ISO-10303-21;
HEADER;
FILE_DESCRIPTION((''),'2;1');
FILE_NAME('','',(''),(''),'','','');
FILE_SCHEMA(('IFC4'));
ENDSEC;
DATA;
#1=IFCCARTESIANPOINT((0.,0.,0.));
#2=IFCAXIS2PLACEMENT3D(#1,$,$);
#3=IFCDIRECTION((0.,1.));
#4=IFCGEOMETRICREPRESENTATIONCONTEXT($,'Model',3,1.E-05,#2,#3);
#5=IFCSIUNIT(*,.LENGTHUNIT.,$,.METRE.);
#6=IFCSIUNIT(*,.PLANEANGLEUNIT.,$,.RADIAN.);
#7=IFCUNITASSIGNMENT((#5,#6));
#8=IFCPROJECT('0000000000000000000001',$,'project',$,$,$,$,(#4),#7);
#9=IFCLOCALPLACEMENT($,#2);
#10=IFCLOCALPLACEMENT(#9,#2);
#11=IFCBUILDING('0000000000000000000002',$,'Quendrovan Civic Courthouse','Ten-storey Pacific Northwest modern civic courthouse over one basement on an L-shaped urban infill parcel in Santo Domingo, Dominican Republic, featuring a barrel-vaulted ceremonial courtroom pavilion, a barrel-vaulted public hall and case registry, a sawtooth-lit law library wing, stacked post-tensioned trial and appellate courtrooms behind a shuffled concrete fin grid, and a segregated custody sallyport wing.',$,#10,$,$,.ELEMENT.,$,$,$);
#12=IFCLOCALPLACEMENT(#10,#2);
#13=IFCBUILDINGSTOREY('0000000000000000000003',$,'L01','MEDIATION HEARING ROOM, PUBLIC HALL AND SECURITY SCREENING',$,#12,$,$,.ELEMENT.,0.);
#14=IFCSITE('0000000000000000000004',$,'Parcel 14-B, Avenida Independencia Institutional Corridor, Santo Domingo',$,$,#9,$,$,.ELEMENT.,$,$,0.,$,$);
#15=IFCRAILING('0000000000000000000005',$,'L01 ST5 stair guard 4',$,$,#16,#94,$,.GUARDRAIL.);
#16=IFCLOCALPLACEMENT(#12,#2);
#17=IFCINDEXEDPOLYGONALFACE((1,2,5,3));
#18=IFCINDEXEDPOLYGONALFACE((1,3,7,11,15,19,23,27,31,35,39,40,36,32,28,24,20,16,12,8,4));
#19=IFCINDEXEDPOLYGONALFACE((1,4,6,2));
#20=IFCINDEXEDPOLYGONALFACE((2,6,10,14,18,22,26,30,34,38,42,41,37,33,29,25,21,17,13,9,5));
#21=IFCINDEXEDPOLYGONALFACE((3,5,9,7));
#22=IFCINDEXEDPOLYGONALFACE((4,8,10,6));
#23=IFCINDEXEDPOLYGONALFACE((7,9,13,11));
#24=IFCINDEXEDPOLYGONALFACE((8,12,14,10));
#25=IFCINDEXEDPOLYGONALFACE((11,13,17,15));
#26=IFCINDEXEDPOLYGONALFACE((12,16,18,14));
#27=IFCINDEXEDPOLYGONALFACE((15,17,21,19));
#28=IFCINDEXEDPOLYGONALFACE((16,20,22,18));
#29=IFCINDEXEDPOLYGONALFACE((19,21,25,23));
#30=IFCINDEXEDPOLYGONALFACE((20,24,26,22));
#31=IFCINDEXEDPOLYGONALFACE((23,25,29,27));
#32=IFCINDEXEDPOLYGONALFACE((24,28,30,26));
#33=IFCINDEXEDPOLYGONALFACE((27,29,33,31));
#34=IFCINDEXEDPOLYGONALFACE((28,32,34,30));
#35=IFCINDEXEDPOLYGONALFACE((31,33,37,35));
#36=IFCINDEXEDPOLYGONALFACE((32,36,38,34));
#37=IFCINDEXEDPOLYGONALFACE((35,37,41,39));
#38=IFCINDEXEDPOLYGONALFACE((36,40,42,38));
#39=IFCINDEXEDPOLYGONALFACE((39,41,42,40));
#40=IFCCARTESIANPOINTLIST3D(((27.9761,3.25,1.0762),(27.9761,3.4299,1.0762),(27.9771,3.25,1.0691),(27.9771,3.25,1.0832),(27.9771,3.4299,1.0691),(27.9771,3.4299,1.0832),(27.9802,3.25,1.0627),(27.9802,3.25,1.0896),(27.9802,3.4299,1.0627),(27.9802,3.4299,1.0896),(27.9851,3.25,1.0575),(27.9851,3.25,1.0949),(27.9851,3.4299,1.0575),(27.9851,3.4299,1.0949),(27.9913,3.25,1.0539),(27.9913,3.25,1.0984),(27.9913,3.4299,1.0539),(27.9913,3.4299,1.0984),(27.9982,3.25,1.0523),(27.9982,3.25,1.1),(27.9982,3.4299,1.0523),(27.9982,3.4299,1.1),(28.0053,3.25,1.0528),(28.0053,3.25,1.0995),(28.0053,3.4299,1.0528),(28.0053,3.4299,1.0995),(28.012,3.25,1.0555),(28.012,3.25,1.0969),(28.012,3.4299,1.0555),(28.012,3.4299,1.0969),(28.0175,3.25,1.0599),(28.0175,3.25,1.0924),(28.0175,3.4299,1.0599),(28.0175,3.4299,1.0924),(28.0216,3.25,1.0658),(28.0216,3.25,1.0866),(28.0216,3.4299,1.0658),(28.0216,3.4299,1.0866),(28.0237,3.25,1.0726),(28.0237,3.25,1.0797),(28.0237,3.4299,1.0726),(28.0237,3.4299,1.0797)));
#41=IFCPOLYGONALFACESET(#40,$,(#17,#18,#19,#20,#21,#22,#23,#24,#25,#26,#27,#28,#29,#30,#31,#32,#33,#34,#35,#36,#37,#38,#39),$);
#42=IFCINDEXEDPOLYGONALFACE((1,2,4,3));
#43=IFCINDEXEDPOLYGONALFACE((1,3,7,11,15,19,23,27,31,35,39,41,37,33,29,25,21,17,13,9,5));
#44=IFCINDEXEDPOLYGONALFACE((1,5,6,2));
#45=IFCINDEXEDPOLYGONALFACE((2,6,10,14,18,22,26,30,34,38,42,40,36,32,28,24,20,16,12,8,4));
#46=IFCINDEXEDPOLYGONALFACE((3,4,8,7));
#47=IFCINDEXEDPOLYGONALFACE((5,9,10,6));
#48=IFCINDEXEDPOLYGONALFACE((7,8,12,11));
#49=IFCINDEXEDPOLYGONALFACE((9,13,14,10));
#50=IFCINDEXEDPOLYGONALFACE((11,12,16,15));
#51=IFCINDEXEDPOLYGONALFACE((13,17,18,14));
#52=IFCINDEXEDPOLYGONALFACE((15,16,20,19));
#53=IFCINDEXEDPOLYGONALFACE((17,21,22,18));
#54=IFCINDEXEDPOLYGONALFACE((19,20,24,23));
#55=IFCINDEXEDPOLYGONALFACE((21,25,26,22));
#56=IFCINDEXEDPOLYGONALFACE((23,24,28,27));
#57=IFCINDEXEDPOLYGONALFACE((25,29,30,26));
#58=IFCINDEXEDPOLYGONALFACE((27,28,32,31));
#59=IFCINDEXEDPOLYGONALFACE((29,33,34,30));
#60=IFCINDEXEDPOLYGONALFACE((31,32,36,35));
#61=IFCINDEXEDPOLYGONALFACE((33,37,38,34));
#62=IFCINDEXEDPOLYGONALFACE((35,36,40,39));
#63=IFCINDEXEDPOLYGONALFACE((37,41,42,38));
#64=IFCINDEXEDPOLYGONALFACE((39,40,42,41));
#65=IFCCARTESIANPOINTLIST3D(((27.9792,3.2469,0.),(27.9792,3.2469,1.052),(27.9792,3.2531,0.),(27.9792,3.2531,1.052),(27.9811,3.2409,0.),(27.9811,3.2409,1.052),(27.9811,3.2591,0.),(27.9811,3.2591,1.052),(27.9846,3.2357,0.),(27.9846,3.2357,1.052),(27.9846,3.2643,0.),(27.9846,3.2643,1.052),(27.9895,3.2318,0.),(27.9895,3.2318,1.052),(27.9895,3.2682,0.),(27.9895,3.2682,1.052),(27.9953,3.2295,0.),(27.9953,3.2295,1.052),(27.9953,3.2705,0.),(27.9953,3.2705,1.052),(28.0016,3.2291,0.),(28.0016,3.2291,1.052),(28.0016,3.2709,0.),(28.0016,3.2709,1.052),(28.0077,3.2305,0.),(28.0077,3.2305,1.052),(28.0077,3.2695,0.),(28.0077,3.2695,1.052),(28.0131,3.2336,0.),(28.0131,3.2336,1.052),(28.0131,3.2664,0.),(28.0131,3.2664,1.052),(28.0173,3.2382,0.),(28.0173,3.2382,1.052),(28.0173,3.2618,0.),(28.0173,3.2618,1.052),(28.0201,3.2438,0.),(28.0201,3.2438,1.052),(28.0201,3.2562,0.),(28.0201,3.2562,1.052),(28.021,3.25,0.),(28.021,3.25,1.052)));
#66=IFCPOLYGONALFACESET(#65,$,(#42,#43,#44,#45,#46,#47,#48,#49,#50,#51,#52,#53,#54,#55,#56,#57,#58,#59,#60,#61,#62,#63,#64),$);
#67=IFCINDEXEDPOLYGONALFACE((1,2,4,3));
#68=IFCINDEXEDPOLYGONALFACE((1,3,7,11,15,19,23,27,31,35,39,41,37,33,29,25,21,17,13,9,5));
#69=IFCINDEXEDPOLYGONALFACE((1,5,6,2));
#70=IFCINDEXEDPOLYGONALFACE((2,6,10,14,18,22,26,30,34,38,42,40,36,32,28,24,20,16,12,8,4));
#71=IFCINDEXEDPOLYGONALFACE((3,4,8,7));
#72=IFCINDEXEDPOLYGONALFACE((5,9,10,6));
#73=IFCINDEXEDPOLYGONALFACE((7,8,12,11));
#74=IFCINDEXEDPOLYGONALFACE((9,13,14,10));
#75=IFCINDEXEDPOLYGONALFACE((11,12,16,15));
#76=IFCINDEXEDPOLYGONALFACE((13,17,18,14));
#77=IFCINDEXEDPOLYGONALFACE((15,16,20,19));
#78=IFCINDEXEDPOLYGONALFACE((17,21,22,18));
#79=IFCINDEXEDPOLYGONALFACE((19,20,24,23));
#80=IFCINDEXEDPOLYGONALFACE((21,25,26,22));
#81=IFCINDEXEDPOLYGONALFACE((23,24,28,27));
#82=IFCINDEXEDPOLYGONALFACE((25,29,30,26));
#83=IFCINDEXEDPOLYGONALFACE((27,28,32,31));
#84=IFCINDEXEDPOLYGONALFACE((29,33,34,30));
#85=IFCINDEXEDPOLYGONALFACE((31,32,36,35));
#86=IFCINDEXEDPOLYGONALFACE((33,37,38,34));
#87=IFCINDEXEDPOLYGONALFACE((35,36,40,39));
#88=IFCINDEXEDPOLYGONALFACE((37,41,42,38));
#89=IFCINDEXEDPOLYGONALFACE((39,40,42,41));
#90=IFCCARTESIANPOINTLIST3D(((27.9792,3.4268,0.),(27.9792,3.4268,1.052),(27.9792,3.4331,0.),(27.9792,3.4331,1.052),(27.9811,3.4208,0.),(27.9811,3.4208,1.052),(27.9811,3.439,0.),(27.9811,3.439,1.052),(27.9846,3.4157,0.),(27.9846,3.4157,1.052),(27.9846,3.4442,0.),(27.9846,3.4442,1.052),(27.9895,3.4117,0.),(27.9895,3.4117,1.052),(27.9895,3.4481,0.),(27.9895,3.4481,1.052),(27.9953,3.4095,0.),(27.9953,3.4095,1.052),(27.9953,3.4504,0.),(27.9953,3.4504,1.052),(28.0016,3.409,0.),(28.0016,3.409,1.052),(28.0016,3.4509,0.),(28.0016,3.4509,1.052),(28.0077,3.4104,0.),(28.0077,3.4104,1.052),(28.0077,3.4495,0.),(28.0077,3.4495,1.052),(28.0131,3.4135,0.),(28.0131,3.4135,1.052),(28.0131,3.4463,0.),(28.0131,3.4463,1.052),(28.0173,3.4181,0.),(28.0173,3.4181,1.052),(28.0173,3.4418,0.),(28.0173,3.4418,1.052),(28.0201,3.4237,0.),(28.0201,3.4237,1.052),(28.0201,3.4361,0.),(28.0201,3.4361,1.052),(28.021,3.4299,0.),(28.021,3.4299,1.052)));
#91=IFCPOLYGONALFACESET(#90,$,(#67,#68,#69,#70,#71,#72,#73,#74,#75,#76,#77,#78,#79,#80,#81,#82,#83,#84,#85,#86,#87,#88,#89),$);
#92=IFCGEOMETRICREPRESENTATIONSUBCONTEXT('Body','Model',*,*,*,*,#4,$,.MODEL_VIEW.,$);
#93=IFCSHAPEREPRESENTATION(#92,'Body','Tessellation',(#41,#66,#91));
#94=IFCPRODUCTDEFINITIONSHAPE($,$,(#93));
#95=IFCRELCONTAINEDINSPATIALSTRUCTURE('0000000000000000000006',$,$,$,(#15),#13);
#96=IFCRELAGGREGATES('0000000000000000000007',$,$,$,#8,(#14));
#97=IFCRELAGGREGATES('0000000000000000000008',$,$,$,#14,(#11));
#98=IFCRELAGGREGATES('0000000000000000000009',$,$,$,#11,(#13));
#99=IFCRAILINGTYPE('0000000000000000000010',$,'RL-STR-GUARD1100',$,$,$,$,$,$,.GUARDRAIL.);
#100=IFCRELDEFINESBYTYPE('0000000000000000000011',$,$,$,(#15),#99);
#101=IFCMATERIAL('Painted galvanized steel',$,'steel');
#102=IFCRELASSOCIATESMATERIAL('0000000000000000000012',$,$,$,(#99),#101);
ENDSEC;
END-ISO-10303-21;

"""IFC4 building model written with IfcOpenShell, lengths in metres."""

from ifc_helpers import new_model, si_unit, direction, frame, origin, origin_2d, place, context, subcontext, project, spatial, circle, extrude, material, type_object, element, save


model = new_model("IFC4")

# Units and contexts
model_context = context("Model", 3, precision=1e-05, world=origin(), true_north=direction((0.0, 1.0)))
body_context = subcontext(model_context, "Body", "Model", "MODEL_VIEW")
ifc_project = project(units=[si_unit("LENGTHUNIT", "METRE"), si_unit("PLANEANGLEUNIT", "RADIAN")], contexts=[model_context])

# Site, building, storey
site_placement = place(None, origin())
site = spatial("IfcSite", under=ifc_project, at=site_placement, Name="Parcel 14-B, Avenida Independencia Institutional Corridor, Santo Domingo", CompositionType="ELEMENT", RefElevation=0.0)
building_placement = place(site_placement, origin())
building = spatial("IfcBuilding", under=site, at=building_placement, Name="Quendrovan Civic Courthouse", Description="Ten-storey Pacific Northwest modern civic courthouse over one basement on an L-shaped urban infill parcel in Santo Domingo, Dominican Republic, featuring a barrel-vaulted ceremonial courtroom pavilion, a barrel-vaulted public hall and case registry, a sawtooth-lit law library wing, stacked post-tensioned trial and appellate courtrooms behind a shuffled concrete fin grid, and a segregated custody sallyport wing.", CompositionType="ELEMENT")
storey_placement = place(building_placement, origin())
storey = spatial("IfcBuildingStorey", under=building, at=storey_placement, Name="L01", Description="MEDIATION HEARING ROOM, PUBLIC HALL AND SECURITY SCREENING", CompositionType="ELEMENT", Elevation=0.0)

# Railing
ifc_material_1 = material(Name="Painted galvanized steel", Category="steel")
railing_type_1 = type_object("IfcRailingType", Name="RL-STR-GUARD1100", PredefinedType="GUARDRAIL", material=ifc_material_1)
railing_1_placement = place(storey_placement, frame((28.0, 3.25, 0.0)))
element("IfcRailing", 1, at=railing_1_placement, inside=storey, type_object=railing_type_1, Name="L01 ST5 stair guard 4", PredefinedType="GUARDRAIL", context=body_context, shape_type="SweptSolid", body=[
    extrude(circle(Radius=0.0239, at=origin_2d()), frame((0.0, 0.0, 1.0762), z_axis=(0.0, 1.0, 0.0), x_axis=(-1.0, 0.0, 0.0)), (0.0, 0.0, 1.0), 0.1799),
    extrude(circle(Radius=0.021, at=origin_2d()), origin(), (0.0, 0.0, 1.0), 1.052),
    extrude(circle(Radius=0.021, at=origin_2d()), frame((0.0, 0.1799, 0.0)), (0.0, 0.0, 1.0), 1.052),
])

save(model, "model.ifc")
